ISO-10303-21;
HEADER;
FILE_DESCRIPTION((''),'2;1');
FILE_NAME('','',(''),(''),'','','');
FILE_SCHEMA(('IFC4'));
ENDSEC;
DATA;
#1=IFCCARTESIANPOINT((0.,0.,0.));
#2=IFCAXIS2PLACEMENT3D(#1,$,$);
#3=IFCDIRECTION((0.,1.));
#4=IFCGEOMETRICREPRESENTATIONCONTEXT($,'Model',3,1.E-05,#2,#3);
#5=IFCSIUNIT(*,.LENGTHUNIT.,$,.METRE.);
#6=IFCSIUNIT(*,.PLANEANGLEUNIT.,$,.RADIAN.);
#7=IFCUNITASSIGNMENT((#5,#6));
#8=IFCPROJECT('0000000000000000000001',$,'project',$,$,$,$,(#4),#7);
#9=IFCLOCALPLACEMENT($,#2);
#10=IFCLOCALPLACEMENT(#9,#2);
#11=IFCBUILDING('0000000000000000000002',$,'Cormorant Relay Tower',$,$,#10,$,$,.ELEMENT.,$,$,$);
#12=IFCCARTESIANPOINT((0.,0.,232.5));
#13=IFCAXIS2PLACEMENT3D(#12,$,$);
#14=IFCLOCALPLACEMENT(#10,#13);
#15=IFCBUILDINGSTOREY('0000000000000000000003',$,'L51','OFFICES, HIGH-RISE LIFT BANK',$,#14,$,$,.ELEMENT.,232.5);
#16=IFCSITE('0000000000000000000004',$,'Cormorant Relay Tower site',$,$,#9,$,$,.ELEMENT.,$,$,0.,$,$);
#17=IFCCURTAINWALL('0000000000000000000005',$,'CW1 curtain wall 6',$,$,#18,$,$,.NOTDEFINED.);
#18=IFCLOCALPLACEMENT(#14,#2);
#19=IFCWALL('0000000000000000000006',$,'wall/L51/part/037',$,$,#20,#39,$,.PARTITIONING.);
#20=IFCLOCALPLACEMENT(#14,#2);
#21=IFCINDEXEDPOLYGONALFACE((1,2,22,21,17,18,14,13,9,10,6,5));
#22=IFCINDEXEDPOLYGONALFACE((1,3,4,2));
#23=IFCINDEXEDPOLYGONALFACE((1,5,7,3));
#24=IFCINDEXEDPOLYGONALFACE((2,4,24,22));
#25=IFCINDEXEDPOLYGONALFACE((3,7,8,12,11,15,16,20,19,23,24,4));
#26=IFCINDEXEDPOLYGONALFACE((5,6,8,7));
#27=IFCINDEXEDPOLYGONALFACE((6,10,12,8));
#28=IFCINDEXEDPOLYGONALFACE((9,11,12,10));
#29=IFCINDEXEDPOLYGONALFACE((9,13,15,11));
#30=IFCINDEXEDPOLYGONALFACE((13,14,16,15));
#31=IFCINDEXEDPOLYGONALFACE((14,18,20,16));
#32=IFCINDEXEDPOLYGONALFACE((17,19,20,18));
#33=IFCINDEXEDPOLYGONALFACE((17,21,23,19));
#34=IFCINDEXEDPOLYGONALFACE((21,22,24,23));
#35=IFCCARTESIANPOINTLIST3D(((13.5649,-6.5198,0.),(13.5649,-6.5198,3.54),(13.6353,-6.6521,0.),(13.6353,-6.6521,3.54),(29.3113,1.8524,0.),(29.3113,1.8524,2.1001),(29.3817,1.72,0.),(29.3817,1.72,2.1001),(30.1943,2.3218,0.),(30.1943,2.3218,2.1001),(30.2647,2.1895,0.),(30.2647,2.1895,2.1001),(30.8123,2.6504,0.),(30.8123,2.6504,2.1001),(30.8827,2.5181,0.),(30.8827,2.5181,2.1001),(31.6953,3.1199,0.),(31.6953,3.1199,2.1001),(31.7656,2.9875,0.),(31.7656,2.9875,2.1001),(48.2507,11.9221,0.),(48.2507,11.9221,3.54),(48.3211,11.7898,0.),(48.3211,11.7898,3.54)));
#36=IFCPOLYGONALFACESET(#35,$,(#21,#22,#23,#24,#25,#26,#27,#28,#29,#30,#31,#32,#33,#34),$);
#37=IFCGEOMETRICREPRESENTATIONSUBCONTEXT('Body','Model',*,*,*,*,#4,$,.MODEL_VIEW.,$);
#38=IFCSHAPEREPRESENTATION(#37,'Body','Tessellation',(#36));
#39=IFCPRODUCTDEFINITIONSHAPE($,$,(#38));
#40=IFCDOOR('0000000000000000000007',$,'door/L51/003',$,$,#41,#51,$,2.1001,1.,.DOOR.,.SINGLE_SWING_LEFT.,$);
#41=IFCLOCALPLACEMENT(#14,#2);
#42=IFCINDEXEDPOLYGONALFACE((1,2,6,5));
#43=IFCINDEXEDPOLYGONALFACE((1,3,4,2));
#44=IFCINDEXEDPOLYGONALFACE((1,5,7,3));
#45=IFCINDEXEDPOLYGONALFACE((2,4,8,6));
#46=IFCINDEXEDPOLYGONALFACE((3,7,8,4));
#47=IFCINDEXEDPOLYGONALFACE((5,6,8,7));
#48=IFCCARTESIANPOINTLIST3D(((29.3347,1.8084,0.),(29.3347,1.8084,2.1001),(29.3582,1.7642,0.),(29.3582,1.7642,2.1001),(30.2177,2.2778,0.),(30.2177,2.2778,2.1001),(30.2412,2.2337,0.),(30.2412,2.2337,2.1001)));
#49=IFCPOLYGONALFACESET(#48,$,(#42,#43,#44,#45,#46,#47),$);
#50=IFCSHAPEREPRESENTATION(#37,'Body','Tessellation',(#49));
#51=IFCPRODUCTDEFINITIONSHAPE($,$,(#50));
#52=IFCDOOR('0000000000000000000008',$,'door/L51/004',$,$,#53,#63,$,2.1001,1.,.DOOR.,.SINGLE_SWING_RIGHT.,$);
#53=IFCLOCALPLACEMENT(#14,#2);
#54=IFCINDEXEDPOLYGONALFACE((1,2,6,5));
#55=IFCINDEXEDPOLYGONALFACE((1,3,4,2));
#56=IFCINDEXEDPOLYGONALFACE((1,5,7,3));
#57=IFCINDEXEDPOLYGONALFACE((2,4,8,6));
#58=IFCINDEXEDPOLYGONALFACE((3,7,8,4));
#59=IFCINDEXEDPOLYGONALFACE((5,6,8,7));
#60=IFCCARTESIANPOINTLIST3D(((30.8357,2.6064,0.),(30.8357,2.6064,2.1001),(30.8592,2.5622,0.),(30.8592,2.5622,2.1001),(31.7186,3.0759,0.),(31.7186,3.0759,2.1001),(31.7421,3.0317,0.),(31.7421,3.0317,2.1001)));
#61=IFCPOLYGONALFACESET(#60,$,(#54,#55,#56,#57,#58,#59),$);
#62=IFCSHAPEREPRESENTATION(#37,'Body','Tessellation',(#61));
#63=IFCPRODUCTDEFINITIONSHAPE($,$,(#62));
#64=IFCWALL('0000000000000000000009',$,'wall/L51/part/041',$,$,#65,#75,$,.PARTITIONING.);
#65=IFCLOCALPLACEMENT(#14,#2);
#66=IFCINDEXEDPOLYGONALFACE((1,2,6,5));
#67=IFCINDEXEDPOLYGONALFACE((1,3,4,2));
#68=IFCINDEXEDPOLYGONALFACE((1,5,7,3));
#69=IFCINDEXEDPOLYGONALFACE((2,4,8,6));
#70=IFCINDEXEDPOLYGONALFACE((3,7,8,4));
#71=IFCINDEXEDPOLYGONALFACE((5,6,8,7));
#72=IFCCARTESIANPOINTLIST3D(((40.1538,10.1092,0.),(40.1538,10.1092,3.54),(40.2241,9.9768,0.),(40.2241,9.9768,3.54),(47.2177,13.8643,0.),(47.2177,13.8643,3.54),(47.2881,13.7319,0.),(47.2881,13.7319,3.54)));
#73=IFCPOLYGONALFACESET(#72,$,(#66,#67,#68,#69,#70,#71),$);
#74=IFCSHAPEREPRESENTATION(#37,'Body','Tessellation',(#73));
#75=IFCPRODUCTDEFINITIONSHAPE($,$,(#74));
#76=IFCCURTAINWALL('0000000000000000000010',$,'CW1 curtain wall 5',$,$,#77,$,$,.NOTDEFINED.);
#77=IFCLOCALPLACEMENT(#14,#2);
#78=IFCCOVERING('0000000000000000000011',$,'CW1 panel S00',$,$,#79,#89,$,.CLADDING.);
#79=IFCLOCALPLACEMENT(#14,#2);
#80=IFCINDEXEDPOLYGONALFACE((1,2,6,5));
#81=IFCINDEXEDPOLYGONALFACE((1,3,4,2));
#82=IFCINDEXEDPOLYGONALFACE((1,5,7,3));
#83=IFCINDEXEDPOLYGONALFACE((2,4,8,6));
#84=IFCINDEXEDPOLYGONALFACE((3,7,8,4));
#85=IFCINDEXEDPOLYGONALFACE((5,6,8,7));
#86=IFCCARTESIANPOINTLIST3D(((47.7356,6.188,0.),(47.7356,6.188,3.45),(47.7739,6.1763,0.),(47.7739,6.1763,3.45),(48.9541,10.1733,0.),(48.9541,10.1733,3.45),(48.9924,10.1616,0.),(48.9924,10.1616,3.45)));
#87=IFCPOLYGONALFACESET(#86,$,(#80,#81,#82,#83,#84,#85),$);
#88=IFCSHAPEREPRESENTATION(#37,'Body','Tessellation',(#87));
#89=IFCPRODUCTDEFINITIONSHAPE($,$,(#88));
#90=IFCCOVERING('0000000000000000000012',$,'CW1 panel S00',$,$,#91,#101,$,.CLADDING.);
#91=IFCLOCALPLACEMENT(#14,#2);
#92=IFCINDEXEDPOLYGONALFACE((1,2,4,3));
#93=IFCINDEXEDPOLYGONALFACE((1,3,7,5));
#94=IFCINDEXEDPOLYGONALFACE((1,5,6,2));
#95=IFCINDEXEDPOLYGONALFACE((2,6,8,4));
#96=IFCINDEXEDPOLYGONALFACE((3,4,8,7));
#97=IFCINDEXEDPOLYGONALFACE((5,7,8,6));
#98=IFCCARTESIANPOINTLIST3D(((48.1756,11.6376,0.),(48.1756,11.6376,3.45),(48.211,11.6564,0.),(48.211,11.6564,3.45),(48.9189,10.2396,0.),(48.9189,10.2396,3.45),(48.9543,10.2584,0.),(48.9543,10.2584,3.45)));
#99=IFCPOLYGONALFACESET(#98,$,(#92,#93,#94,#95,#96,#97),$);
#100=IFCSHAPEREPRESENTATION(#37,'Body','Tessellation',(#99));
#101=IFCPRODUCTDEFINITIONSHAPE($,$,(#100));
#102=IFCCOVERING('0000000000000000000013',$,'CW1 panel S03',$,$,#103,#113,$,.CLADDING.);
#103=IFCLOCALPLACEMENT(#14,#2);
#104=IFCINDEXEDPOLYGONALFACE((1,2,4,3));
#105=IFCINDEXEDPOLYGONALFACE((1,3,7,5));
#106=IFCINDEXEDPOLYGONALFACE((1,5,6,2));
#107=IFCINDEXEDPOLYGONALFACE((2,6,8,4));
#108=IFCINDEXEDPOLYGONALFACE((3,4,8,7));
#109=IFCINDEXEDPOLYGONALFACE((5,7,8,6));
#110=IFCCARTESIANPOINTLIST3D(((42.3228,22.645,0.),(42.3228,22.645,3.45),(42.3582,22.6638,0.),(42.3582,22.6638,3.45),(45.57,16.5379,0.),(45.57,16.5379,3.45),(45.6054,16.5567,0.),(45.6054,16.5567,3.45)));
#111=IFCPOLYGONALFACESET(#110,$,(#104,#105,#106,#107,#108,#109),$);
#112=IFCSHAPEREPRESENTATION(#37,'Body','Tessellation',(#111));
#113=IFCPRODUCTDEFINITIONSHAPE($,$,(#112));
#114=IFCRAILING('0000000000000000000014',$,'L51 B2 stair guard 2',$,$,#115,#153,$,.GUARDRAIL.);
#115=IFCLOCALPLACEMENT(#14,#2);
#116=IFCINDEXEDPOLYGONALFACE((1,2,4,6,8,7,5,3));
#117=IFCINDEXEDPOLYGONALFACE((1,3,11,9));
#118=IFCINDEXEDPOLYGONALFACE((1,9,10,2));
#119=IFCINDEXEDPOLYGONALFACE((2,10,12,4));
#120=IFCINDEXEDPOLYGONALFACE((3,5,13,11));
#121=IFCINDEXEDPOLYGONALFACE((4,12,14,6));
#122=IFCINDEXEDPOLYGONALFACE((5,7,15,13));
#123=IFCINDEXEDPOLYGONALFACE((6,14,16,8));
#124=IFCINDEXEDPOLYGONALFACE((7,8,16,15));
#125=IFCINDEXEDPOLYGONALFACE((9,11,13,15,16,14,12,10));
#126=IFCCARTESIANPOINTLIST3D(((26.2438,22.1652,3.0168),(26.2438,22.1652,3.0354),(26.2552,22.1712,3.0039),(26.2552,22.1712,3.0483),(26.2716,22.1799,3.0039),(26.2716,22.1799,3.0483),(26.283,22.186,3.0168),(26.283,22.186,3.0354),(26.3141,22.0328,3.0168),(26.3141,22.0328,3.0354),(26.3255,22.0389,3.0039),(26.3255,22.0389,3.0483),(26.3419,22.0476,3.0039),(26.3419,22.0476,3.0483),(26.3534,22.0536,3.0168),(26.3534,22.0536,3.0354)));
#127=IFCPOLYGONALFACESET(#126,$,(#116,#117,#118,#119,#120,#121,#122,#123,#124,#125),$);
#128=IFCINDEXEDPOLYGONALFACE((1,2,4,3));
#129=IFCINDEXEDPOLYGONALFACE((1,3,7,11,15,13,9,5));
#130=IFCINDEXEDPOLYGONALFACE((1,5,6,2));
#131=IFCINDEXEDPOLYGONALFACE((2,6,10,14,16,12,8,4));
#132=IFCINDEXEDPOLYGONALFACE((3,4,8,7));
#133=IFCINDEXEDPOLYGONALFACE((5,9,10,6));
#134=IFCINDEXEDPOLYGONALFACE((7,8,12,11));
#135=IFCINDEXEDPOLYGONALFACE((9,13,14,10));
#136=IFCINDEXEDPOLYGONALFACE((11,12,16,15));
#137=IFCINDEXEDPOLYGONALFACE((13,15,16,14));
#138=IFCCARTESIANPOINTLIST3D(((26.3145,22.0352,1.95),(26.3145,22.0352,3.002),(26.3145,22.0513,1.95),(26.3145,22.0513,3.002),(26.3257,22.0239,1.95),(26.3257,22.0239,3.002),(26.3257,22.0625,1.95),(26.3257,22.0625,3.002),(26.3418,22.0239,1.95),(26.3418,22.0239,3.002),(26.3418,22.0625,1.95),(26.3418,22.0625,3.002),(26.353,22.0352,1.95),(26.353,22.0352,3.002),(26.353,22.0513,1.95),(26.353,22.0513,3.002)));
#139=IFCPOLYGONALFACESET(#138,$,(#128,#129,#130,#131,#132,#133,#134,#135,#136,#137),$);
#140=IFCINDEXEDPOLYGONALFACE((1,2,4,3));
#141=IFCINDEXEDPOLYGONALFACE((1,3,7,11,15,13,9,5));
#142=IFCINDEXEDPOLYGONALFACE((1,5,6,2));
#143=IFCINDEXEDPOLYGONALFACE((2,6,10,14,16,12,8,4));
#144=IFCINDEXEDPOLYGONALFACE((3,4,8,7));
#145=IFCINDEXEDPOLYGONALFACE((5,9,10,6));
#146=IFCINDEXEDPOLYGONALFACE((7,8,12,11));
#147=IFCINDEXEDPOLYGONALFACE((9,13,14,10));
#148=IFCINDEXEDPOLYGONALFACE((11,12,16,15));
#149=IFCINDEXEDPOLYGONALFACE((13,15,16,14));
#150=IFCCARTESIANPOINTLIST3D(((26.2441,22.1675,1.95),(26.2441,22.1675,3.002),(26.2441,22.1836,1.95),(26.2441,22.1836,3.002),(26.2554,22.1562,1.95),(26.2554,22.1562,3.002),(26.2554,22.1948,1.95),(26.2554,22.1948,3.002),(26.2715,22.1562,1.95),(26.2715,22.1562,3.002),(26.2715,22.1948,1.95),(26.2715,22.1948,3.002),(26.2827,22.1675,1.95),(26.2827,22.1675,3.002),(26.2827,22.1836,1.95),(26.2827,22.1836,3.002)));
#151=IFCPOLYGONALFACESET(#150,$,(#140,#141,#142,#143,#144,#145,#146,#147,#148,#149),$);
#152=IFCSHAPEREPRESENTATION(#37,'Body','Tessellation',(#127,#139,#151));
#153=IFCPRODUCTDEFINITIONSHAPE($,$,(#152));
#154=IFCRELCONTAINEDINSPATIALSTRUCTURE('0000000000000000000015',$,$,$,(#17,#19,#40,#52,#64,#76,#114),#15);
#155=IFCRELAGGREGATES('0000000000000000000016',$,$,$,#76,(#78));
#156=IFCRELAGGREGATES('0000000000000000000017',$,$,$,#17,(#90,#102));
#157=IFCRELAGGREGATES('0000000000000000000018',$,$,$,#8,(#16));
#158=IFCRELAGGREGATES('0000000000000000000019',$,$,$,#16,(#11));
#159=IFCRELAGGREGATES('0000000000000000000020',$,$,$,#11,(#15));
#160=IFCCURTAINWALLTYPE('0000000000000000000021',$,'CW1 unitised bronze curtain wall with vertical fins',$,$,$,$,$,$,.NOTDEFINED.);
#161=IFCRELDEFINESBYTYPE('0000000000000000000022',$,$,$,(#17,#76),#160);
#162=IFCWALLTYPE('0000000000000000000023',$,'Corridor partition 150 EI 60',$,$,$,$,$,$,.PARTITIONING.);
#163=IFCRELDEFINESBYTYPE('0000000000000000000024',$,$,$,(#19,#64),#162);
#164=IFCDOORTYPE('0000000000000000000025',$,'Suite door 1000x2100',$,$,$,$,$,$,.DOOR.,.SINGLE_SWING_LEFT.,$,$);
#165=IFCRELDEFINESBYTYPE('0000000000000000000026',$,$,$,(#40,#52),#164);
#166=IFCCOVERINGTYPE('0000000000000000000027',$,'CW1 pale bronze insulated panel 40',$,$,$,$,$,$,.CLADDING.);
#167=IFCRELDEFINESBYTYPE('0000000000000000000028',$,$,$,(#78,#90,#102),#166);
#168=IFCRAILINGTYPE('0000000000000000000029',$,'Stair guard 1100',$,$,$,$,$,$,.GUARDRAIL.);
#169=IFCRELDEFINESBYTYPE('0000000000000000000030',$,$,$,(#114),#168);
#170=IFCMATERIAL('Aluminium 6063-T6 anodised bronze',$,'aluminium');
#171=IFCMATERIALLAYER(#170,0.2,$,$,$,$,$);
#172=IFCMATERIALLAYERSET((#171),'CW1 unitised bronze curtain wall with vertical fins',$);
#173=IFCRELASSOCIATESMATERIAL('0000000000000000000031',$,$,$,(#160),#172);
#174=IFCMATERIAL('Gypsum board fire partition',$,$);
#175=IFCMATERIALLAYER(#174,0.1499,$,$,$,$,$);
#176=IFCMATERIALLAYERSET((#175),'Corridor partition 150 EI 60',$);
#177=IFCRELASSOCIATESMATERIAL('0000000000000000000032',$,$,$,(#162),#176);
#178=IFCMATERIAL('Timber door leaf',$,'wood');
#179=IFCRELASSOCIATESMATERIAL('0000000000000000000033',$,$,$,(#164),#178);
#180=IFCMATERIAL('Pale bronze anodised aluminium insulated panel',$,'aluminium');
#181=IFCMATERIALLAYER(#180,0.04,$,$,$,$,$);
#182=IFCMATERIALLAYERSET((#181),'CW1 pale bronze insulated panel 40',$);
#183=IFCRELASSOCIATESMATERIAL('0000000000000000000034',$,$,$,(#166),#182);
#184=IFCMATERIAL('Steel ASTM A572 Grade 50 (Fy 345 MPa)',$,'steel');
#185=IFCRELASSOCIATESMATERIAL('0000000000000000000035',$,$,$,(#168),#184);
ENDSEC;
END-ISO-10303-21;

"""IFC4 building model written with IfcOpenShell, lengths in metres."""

from ifc_helpers import new_model, si_unit, direction, frame, frame_2d, origin, origin_2d, place, context, subcontext, project, spatial, polyline, rectangle, outline, extrude, material, layer, layer_set, type_object, element, fill, aggregate, save


model = new_model("IFC4")

# Units and contexts
model_context = context("Model", 3, precision=1e-05, world=origin(), true_north=direction((0.0, 1.0)))
body_context = subcontext(model_context, "Body", "Model", "MODEL_VIEW")
ifc_project = project(units=[si_unit("LENGTHUNIT", "METRE"), si_unit("PLANEANGLEUNIT", "RADIAN")], contexts=[model_context])

# Site, building, storey
site_placement = place(None, origin())
site = spatial("IfcSite", under=ifc_project, at=site_placement, Name="Cormorant Relay Tower site", CompositionType="ELEMENT", RefElevation=0.0)
building_placement = place(site_placement, origin())
building = spatial("IfcBuilding", under=site, at=building_placement, Name="Cormorant Relay Tower", CompositionType="ELEMENT")
storey_placement = place(building_placement, frame((0.0, 0.0, 232.5)))
storey = spatial("IfcBuildingStorey", under=building, at=storey_placement, Name="L51", Description="OFFICES, HIGH-RISE LIFT BANK", CompositionType="ELEMENT", Elevation=232.5)

# Curtain wall
ifc_material_1 = material(Name="Aluminium 6063-T6 anodised bronze", Category="aluminium")
ifc_layer_1 = layer(ifc_material_1, 0.2)
ifc_layer_set_1 = layer_set([ifc_layer_1], Name="CW1 unitised bronze curtain wall with vertical fins")
curtain_wall_type = type_object("IfcCurtainWallType", Name="CW1 unitised bronze curtain wall with vertical fins", PredefinedType="NOTDEFINED", material=ifc_layer_set_1)
curtain_wall_1_placement = place(storey_placement, origin())
curtain_wall_1 = element("IfcCurtainWall", 1, at=curtain_wall_1_placement, inside=storey, type_object=curtain_wall_type, Name="CW1 curtain wall 6", PredefinedType="NOTDEFINED")

# Wall, openings, doors
ifc_material_2 = material(Name="Gypsum board fire partition")
ifc_layer_2 = layer(ifc_material_2, 0.1499)
ifc_layer_set_2 = layer_set([ifc_layer_2], Name="Corridor partition 150 EI 60")
wall_type_1 = type_object("IfcWallType", Name="Corridor partition 150 EI 60", PredefinedType="PARTITIONING", material=ifc_layer_set_2)
wall_1_placement = place(storey_placement, frame((48.2859, 11.856, 0.0), z_axis=(0.0, 0.0, 1.0), x_axis=(-0.882957, -0.469454, 0.0)))
wall_1 = element("IfcWall", 2, at=wall_1_placement, inside=storey, type_object=wall_type_1, Name="wall/L51/part/037", PredefinedType="PARTITIONING", context=body_context, shape_type="SweptSolid", body=[
    extrude(rectangle(XDim=39.2837, YDim=0.1499, at=frame_2d((19.6418, 0.0))), origin(), (0.0, 0.0, 1.0), 3.54),
])
opening_1_placement = place(wall_1_placement, frame((20.45, 0.0, 0.0)))
opening_1 = element("IfcOpeningElement", 3, at=opening_1_placement, cuts=wall_1, PredefinedType="OPENING", context=body_context, shape_type="SweptSolid", body=[
    extrude(rectangle(XDim=1.0, YDim=2.1001, at=frame_2d((0.5, 1.05))), frame((0.0, 0.085, 0.0), z_axis=(0.0, -1.0, 0.0), x_axis=(1.0, 0.0, 0.0)), (0.0, 0.0, 1.0), 0.1699),
])
opening_2_placement = place(wall_1_placement, frame((18.75, 0.0, 0.0)))
opening_2 = element("IfcOpeningElement", 4, at=opening_2_placement, cuts=wall_1, PredefinedType="OPENING", context=body_context, shape_type="SweptSolid", body=[
    extrude(rectangle(XDim=1.0, YDim=2.1001, at=frame_2d((0.5, 1.05))), frame((0.0, 0.085, 0.0), z_axis=(0.0, -1.0, 0.0), x_axis=(1.0, 0.0, 0.0)), (0.0, 0.0, 1.0), 0.1699),
])
ifc_material_3 = material(Name="Timber door leaf", Category="wood")
door_type_1 = type_object("IfcDoorType", Name="Suite door 1000x2100", OperationType="SINGLE_SWING_LEFT", PredefinedType="DOOR", material=ifc_material_3)
door_1_placement = place(opening_1_placement, origin())
door_1 = element("IfcDoor", 5, at=door_1_placement, inside=storey, type_object=door_type_1, Name="door/L51/003", OperationType="SINGLE_SWING_LEFT", OverallHeight=2.1001, OverallWidth=1.0, PredefinedType="DOOR", context=body_context, shape_type="SweptSolid", body=[
    extrude(rectangle(XDim=1.0, YDim=2.1001, at=frame_2d((0.5, 1.05))), frame((0.0, 0.0249, 0.0), z_axis=(0.0, -1.0, 0.0), x_axis=(1.0, 0.0, 0.0)), (0.0, 0.0, 1.0), 0.05),
])
fill(opening_1, door_1)
door_2_placement = place(opening_2_placement, origin())
door_2 = element("IfcDoor", 6, at=door_2_placement, inside=storey, type_object=door_type_1, Name="door/L51/004", OperationType="SINGLE_SWING_RIGHT", OverallHeight=2.1001, OverallWidth=1.0, PredefinedType="DOOR", context=body_context, shape_type="SweptSolid", body=[
    extrude(rectangle(XDim=1.0, YDim=2.1001, at=frame_2d((0.5, 1.05))), frame((0.0, 0.0249, 0.0), z_axis=(0.0, -1.0, 0.0), x_axis=(1.0, 0.0, 0.0)), (0.0, 0.0, 1.0), 0.05),
])
fill(opening_2, door_2)

# Wall
wall_2_placement = place(storey_placement, frame((40.189, 10.043, 0.0), z_axis=(0.0, 0.0, 1.0), x_axis=(0.882992, 0.469389, 0.0)))
element("IfcWall", 7, at=wall_2_placement, inside=storey, type_object=wall_type_1, Name="wall/L51/part/041", PredefinedType="PARTITIONING", context=body_context, shape_type="SweptSolid", body=[
    extrude(rectangle(XDim=8.0, YDim=0.1499, at=frame_2d((4.0, 0.0))), origin(), (0.0, 0.0, 1.0), 3.54),
])

# Curtain wall, covering
curtain_wall_2_placement = place(storey_placement, origin())
curtain_wall_2 = element("IfcCurtainWall", 8, at=curtain_wall_2_placement, inside=storey, type_object=curtain_wall_type, Name="CW1 curtain wall 5", PredefinedType="NOTDEFINED")
ifc_material_4 = material(Name="Pale bronze anodised aluminium insulated panel", Category="aluminium")
ifc_layer_3 = layer(ifc_material_4, 0.04)
ifc_layer_set_3 = layer_set([ifc_layer_3], Name="CW1 pale bronze insulated panel 40")
covering_type = type_object("IfcCoveringType", Name="CW1 pale bronze insulated panel 40", PredefinedType="CLADDING", material=ifc_layer_set_3)
covering_1_placement = place(storey_placement, frame((48.364, 8.1748, 0.0), z_axis=(0.0, 0.0, 1.0), x_axis=(0.292372, 0.956305, 0.0)))
covering_1 = element("IfcCovering", 9, at=covering_1_placement, type_object=covering_type, Name="CW1 panel S00", PredefinedType="CLADDING", context=body_context, shape_type="SweptSolid", body=[
    extrude(rectangle(XDim=4.1675, YDim=0.04, at=origin_2d()), origin(), (0.0, 0.0, 1.0), 3.45),
])
aggregate(curtain_wall_2, [covering_1])

# Coverings
covering_2_placement = place(storey_placement, frame((48.5649, 10.948, 0.0), z_axis=(0.0, 0.0, 1.0), x_axis=(-0.469472, 0.882948, 0.0)))
covering_2 = element("IfcCovering", 10, at=covering_2_placement, type_object=covering_type, Name="CW1 panel S00", PredefinedType="CLADDING", context=body_context, shape_type="SweptSolid", body=[
    extrude(rectangle(XDim=1.5833, YDim=0.04, at=origin_2d()), origin(), (0.0, 0.0, 1.0), 3.45),
])
covering_3_placement = place(storey_placement, frame((43.9641, 19.6008, 0.0), z_axis=(0.0, 0.0, 1.0), x_axis=(-0.469472, 0.882948, 0.0)))
covering_3 = element("IfcCovering", 11, at=covering_3_placement, type_object=covering_type, Name="CW1 panel S03", PredefinedType="CLADDING", context=body_context, shape_type="SweptSolid", body=[
    extrude(rectangle(XDim=6.9167, YDim=0.04, at=origin_2d()), origin(), (0.0, 0.0, 1.0), 3.45),
])
aggregate(curtain_wall_1, [covering_2, covering_3])

# Railing
ifc_material_5 = material(Name="Steel ASTM A572 Grade 50 (Fy 345 MPa)", Category="steel")
railing_type = type_object("IfcRailingType", Name="Stair guard 1100", PredefinedType="GUARDRAIL", material=ifc_material_5)
railing_1_placement = place(storey_placement, frame((26.3337, 22.0432, 1.95)))
element("IfcRailing", 12, at=railing_1_placement, inside=storey, type_object=railing_type, Name="L51 B2 stair guard 2", PredefinedType="GUARDRAIL", context=body_context, shape_type="SweptSolid", body=[
    extrude(outline(polyline([(0.0222, 0.0093), (0.0093, 0.0222), (-0.0093, 0.0222), (-0.0222, 0.0093), (-0.0222, -0.0093), (-0.0093, -0.0222), (0.0093, -0.0222), (0.0222, -0.0093), (0.0222, 0.0093)])), frame((0.0, 0.0, 1.0762), z_axis=(-0.469235, 0.883074, 0.0), x_axis=(-0.883074, -0.469235, 0.0)), (0.0, 0.0, 1.0), 0.1499),
    extrude(outline(polyline([(0.0193, 0.0081), (0.0081, 0.0193), (-0.0081, 0.0193), (-0.0193, 0.0081), (-0.0193, -0.0081), (-0.0081, -0.0193), (0.0081, -0.0193), (0.0193, -0.0081), (0.0193, 0.0081)])), origin(), (0.0, 0.0, 1.0), 1.052),
    extrude(outline(polyline([(0.0193, 0.0081), (0.0081, 0.0193), (-0.0081, 0.0193), (-0.0193, 0.0081), (-0.0193, -0.0081), (-0.0081, -0.0193), (0.0081, -0.0193), (0.0193, -0.0081), (0.0193, 0.0081)])), frame((-0.0703, 0.1323, 0.0)), (0.0, 0.0, 1.0), 1.052),
])

save(model, "model.ifc")
